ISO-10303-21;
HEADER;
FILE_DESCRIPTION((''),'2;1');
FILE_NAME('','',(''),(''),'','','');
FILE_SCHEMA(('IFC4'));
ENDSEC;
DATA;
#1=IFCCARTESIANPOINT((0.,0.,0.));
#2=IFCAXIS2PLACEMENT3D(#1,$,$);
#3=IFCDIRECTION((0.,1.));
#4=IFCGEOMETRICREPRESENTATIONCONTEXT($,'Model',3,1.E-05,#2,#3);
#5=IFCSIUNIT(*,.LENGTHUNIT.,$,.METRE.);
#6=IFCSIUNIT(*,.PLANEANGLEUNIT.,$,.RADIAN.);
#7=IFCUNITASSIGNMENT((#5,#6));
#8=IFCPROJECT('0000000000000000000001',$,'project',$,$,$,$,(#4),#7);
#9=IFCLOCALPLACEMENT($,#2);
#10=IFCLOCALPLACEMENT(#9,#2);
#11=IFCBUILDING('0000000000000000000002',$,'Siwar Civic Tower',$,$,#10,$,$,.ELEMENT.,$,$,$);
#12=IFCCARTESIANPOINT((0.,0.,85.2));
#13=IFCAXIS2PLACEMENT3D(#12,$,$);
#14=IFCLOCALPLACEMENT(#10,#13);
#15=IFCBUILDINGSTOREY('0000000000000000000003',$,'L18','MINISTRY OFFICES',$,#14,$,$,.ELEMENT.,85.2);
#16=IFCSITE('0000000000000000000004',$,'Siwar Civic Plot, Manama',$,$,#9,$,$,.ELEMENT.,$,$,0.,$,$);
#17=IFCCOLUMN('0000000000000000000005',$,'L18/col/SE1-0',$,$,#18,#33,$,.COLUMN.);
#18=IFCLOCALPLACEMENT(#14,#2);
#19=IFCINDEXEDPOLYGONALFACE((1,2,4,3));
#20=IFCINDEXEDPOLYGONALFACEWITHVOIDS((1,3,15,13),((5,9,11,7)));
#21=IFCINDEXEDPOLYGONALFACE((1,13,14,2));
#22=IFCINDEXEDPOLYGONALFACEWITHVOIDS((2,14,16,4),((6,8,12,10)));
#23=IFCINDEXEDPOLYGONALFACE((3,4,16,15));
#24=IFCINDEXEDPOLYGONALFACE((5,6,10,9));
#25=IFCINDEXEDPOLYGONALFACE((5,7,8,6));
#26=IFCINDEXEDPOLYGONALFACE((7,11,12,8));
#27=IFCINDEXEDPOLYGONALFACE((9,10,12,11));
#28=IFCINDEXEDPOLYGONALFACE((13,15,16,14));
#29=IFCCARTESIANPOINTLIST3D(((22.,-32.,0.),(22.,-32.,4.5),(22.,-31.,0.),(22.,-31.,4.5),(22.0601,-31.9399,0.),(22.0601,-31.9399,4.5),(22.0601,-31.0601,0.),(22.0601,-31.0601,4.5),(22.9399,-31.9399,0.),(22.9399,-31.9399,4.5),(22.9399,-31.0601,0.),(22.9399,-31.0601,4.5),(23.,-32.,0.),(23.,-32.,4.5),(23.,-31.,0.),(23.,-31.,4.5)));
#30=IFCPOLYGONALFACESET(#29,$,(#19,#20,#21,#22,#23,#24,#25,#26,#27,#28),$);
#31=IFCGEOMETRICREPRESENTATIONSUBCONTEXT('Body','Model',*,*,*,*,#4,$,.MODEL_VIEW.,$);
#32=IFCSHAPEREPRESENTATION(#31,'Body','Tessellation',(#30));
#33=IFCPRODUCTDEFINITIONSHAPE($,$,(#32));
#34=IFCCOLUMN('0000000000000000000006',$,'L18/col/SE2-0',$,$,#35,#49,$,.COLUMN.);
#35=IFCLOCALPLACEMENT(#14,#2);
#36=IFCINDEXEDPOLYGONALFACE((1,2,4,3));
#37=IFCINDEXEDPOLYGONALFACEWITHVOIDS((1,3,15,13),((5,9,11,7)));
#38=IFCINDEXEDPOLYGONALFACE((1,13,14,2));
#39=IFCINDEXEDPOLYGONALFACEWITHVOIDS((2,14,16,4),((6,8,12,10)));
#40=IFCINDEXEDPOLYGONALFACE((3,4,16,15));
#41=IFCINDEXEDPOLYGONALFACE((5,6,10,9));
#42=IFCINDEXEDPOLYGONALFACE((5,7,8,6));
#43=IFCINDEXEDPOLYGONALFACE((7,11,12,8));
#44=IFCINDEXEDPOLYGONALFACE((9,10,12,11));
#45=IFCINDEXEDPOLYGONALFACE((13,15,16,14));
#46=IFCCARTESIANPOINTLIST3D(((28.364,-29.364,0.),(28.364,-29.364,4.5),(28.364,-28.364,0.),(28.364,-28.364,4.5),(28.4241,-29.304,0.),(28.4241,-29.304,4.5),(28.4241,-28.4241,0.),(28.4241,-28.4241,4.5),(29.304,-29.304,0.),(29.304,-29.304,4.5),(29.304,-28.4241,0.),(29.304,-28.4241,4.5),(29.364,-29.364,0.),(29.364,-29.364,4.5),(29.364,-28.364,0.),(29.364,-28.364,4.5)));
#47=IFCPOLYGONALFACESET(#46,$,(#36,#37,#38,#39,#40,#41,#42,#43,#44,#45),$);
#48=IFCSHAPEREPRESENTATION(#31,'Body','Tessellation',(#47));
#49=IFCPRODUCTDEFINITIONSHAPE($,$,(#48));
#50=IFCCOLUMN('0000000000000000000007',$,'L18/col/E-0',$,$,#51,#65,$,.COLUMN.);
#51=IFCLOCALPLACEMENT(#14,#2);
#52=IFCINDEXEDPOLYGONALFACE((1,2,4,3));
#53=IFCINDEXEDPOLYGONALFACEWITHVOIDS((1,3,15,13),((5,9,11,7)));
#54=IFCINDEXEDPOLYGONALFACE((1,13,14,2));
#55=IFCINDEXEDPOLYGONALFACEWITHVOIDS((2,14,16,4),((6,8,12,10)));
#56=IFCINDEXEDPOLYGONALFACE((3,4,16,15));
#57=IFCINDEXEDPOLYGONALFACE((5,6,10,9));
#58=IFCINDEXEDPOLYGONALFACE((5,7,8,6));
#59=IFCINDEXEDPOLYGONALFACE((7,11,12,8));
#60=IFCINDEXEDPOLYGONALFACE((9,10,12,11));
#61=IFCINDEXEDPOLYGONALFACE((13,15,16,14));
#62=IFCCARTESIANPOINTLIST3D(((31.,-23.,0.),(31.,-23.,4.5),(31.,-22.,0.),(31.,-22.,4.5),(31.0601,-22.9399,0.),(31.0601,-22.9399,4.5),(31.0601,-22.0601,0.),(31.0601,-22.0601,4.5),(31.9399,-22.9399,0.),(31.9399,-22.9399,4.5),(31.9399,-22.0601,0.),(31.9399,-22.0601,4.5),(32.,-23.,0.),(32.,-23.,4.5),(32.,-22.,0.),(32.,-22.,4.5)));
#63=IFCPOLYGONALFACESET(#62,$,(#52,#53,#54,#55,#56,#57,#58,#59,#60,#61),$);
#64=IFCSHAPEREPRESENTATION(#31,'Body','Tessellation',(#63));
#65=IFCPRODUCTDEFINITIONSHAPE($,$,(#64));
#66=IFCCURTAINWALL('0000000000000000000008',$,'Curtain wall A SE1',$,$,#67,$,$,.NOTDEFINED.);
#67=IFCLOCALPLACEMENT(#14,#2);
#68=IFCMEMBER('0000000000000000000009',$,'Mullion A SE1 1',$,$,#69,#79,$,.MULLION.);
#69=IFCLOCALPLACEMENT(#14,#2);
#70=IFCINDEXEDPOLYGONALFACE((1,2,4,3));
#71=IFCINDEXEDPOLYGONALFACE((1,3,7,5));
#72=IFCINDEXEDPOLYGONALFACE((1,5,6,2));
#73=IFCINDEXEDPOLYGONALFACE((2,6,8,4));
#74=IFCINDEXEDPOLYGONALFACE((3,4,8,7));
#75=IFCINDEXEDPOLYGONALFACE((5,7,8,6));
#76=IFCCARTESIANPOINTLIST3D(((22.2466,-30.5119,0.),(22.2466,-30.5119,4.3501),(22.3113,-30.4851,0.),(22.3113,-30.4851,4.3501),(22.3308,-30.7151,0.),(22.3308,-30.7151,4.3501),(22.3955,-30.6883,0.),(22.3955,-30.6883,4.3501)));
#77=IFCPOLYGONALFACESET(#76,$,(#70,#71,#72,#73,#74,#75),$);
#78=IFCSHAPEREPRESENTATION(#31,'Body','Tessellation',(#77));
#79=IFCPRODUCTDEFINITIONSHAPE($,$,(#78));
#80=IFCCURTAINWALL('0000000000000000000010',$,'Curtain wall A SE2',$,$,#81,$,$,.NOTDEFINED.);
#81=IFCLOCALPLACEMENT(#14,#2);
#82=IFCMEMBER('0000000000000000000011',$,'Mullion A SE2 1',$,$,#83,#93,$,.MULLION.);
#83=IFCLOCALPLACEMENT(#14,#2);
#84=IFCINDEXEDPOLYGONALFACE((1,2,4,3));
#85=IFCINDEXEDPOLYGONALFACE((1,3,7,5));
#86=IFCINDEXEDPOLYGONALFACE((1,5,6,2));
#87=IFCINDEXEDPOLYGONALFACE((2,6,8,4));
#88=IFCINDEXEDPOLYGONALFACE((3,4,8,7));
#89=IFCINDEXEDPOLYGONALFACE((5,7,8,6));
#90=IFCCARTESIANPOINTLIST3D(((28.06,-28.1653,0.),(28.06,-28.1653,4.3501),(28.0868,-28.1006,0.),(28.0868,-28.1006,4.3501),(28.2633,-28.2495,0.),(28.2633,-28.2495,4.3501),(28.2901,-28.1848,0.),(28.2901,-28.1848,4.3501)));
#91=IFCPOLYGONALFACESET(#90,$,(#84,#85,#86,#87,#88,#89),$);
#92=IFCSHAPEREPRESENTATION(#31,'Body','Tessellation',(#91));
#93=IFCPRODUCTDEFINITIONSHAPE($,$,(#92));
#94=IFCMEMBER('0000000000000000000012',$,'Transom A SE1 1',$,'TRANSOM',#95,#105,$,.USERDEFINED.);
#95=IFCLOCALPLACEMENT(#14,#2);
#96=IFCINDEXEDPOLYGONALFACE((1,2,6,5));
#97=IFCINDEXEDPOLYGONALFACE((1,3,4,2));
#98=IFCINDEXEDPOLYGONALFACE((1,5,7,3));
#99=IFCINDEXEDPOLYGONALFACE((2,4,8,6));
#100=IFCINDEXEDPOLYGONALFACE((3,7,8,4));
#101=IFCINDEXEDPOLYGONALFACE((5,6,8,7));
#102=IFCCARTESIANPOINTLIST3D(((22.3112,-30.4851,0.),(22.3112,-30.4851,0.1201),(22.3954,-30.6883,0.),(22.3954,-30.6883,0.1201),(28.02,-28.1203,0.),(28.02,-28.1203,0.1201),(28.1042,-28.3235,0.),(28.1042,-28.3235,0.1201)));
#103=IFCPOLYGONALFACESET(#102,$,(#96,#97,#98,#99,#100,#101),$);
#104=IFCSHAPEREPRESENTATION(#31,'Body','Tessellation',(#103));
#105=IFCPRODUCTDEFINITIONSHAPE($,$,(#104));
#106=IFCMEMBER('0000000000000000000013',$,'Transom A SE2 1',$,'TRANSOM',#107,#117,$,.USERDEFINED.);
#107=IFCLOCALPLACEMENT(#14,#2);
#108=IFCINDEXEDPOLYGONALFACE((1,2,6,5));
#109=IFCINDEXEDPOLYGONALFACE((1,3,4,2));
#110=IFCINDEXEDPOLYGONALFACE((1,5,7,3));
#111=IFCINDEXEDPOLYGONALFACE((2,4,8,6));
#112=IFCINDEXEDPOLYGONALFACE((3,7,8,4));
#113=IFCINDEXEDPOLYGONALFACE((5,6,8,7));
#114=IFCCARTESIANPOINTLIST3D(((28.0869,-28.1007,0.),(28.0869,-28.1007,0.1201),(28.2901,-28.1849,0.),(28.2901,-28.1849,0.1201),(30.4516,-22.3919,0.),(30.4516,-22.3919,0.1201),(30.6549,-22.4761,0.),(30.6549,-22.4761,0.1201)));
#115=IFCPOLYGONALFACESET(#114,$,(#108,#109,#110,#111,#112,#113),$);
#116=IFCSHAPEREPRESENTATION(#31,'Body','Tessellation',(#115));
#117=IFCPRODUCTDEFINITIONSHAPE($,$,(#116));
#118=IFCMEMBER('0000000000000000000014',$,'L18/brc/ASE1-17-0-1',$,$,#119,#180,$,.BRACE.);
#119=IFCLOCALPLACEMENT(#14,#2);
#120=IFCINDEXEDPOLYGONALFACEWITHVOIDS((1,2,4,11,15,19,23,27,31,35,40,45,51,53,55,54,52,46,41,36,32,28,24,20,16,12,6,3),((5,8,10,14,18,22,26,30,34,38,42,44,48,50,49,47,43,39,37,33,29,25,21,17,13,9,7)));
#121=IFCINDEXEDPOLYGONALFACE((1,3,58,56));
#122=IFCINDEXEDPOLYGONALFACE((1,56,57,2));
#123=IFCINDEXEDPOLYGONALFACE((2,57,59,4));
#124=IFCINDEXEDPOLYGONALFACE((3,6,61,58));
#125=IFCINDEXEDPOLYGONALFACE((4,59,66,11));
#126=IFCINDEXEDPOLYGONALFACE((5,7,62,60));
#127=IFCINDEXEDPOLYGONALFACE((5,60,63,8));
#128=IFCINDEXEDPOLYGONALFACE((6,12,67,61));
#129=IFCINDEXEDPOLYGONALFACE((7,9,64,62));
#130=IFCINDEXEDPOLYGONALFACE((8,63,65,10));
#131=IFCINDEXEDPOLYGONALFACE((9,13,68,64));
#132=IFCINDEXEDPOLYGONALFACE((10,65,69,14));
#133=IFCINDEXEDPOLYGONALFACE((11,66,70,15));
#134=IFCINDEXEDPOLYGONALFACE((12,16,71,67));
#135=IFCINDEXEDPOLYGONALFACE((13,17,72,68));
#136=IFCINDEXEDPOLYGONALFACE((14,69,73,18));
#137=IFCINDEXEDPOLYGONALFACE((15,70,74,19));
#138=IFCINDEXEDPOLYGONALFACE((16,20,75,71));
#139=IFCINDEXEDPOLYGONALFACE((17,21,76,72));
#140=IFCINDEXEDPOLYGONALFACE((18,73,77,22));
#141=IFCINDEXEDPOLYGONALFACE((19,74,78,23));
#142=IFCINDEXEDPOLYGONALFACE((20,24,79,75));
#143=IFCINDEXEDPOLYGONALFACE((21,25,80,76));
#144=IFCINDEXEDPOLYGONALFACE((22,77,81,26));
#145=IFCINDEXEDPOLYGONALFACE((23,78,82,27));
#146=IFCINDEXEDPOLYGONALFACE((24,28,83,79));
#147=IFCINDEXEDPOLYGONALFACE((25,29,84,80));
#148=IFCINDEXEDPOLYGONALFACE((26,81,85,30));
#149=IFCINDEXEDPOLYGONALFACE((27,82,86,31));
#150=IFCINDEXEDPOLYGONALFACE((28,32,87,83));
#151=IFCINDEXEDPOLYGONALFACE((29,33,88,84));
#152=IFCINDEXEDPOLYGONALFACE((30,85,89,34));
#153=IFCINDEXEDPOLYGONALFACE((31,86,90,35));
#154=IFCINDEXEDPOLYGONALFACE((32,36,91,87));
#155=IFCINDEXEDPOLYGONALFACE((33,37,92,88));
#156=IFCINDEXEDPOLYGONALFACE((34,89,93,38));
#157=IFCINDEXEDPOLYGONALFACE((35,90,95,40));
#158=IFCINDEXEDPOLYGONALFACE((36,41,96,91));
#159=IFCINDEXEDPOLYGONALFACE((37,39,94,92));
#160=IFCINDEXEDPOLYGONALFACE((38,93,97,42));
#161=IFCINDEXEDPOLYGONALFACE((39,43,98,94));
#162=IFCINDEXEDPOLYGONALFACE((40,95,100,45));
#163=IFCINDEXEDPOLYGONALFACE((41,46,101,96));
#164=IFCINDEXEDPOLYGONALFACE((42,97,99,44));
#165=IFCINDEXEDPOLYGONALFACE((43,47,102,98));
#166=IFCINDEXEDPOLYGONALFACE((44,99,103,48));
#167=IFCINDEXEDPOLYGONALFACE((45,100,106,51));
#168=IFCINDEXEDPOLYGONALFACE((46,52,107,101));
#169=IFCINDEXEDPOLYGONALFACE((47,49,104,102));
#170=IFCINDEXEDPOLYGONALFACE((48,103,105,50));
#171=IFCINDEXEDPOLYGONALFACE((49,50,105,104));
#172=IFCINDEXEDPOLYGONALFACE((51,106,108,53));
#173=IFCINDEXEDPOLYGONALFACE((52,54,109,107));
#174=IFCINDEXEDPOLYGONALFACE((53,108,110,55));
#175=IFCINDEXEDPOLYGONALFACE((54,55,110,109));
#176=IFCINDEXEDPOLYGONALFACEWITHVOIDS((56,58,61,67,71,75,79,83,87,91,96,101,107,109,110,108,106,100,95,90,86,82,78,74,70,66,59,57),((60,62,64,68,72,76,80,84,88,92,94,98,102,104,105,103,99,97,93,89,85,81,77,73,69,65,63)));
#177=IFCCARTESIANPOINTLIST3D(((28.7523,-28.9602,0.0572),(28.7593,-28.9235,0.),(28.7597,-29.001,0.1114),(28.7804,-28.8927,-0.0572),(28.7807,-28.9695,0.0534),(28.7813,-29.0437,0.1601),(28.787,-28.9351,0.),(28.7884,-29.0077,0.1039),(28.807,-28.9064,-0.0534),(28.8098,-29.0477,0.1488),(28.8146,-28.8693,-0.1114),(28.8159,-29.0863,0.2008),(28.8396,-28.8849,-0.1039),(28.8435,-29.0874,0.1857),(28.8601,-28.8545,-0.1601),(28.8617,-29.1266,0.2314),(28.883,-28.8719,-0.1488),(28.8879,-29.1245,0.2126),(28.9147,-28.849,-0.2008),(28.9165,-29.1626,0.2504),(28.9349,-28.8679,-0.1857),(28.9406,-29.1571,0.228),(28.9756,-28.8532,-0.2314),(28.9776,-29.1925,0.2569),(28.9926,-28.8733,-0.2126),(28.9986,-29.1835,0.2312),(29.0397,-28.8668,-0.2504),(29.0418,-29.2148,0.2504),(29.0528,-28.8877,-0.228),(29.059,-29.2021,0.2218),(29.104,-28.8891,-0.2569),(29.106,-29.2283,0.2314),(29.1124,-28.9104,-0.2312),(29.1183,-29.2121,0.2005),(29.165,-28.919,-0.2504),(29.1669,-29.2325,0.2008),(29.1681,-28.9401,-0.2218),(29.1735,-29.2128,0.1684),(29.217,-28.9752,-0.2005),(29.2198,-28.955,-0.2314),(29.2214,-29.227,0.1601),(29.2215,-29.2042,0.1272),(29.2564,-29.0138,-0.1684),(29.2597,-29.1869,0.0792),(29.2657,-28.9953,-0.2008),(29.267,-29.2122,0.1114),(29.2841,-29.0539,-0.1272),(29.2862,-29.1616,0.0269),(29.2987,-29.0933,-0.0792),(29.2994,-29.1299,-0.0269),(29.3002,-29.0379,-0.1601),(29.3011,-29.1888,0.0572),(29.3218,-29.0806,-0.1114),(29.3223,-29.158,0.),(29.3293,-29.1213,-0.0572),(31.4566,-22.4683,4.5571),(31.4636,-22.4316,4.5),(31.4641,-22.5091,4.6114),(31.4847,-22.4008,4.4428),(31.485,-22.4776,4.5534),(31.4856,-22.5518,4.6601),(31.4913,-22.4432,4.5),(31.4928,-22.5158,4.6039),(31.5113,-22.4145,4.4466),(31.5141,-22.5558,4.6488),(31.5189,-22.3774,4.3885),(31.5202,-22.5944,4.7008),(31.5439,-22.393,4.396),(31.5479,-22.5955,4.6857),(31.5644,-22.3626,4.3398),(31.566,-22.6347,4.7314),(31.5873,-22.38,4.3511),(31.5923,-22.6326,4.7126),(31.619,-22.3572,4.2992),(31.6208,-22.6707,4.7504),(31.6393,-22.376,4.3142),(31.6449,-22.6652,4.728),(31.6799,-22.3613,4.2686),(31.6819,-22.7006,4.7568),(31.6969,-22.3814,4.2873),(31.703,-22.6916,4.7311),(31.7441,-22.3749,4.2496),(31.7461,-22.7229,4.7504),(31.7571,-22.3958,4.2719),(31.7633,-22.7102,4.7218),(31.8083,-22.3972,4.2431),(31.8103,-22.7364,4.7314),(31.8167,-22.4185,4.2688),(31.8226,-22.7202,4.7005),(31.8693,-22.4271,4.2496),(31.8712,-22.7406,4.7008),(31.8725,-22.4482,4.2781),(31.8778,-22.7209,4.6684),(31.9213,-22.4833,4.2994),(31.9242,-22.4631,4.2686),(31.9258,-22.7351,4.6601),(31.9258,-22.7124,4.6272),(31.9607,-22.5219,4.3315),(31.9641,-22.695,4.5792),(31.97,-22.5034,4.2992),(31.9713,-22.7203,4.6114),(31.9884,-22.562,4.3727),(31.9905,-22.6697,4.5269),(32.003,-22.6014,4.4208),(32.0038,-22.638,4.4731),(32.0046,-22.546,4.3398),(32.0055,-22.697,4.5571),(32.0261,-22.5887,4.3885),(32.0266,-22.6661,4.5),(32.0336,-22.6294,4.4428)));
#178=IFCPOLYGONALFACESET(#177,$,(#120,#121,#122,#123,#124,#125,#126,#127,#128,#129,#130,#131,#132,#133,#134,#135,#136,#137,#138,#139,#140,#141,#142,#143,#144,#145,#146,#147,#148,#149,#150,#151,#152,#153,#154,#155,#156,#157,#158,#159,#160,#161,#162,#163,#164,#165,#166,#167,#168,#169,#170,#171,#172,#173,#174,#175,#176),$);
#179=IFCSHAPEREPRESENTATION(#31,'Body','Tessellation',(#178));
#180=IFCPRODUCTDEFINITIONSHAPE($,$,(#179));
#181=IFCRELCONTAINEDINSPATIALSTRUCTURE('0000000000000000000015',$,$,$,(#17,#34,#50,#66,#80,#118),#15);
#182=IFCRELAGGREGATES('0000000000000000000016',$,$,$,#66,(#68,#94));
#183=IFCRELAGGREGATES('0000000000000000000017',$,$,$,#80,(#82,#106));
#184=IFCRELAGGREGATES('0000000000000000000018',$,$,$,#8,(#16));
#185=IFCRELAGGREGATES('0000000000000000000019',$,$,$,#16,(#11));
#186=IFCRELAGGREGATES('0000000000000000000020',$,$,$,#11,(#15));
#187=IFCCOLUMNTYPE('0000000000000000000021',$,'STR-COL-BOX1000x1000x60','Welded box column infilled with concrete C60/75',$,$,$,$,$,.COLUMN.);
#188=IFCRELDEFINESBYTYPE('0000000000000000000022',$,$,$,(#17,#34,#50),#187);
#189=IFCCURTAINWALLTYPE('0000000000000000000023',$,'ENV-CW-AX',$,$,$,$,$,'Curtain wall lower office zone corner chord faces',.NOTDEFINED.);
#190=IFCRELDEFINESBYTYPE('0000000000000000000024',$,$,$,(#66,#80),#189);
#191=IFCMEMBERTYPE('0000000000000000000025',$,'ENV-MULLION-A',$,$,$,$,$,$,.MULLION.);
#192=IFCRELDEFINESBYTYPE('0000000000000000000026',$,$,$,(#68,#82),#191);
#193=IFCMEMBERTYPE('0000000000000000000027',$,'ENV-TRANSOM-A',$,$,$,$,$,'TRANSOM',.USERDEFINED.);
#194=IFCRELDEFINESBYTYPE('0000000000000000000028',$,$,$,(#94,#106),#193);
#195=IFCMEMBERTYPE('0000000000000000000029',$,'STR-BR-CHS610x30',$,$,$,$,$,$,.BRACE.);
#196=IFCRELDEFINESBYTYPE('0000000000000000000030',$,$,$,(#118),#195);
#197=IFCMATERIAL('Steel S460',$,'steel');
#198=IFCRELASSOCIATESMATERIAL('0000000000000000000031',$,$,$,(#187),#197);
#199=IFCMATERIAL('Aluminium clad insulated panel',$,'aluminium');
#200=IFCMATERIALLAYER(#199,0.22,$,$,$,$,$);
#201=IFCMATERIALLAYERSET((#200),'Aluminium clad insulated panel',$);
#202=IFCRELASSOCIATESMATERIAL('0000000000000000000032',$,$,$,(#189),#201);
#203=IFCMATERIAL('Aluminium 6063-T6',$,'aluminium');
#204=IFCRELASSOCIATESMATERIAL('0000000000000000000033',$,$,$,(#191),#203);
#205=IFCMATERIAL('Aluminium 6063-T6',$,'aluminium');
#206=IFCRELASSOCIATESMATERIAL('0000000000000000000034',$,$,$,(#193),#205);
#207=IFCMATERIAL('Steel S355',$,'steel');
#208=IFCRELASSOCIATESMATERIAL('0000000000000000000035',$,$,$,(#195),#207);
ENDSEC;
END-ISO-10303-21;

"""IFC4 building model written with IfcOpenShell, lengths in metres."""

from ifc_helpers import new_model, si_unit, direction, frame, origin, origin_2d, place, context, subcontext, project, spatial, rectangle, hollow_rectangle, hollow_circle, extrude, material, layer, layer_set, material_profile, profile_set, type_object, element, aggregate, save


model = new_model("IFC4")

# Units and contexts
model_context = context("Model", 3, precision=1e-05, world=origin(), true_north=direction((0.0, 1.0)))
body_context = subcontext(model_context, "Body", "Model", "MODEL_VIEW")
ifc_project = project(units=[si_unit("LENGTHUNIT", "METRE"), si_unit("PLANEANGLEUNIT", "RADIAN")], contexts=[model_context])

# Site, building, storey
site_placement = place(None, origin())
site = spatial("IfcSite", under=ifc_project, at=site_placement, Name="Siwar Civic Plot, Manama", CompositionType="ELEMENT", RefElevation=0.0)
building_placement = place(site_placement, origin())
building = spatial("IfcBuilding", under=site, at=building_placement, Name="Siwar Civic Tower", CompositionType="ELEMENT")
storey_placement = place(building_placement, frame((0.0, 0.0, 85.2)))
storey = spatial("IfcBuildingStorey", under=building, at=storey_placement, Name="L18", Description="MINISTRY OFFICES", CompositionType="ELEMENT", Elevation=85.2)

# Columns
ifc_material_1 = material(Name="Steel S460", Category="steel")
ifc_material_profile_1 = material_profile(ifc_material_1, hollow_rectangle(XDim=1.0, YDim=1.0, WallThickness=0.0601, at=origin_2d()), Name="BOX1000x1000x60")
ifc_profile_set_1 = profile_set([ifc_material_profile_1], Name="Steel S460")
column_type = type_object("IfcColumnType", Name="STR-COL-BOX1000x1000x60", Description="Welded box column infilled with concrete C60/75", PredefinedType="COLUMN", material=ifc_profile_set_1)
for number, where, z_axis, x_axis, name in (
    (1, (22.5, -31.5, 0.0), (0.0, 0.0, 1.0), (1.0, 0.0, 0.0), "L18/col/SE1-0"),
    (2, (28.864, -28.864, 0.0), (0.0, 0.0, 1.0), (1.0, 0.0, 0.0), "L18/col/SE2-0"),
    (3, (31.5, -22.5, 0.0), (0.0, 0.0, 1.0), (1.0, 0.0, 0.0), "L18/col/E-0"),
):
    element("IfcColumn", number, at=place(storey_placement, frame(where, z_axis=z_axis, x_axis=x_axis)), inside=storey, type_object=column_type, Name=name, PredefinedType="COLUMN", context=body_context, shape_type="SweptSolid", body=[
        extrude(hollow_rectangle(XDim=1.0, YDim=1.0, WallThickness=0.0601, at=origin_2d()), origin(), (0.0, 0.0, 1.0), 4.5),
    ])

# Curtain walls, members
ifc_material_2 = material(Name="Aluminium clad insulated panel", Category="aluminium")
ifc_layer_1 = layer(ifc_material_2, 0.22)
ifc_layer_set_1 = layer_set([ifc_layer_1], Name="Aluminium clad insulated panel")
curtain_wall_type_1 = type_object("IfcCurtainWallType", Name="ENV-CW-AX", ElementType="Curtain wall lower office zone corner chord faces", PredefinedType="NOTDEFINED", material=ifc_layer_set_1)
curtain_wall_1_placement = place(storey_placement, origin())
curtain_wall_1 = element("IfcCurtainWall", 4, at=curtain_wall_1_placement, inside=storey, type_object=curtain_wall_type_1, Name="Curtain wall A SE1", PredefinedType="NOTDEFINED")
ifc_material_3 = material(Name="Aluminium 6063-T6", Category="aluminium")
ifc_material_profile_2 = material_profile(ifc_material_3, rectangle(XDim=0.22, YDim=0.0701, at=origin_2d()), Name="AL 220x70")
ifc_profile_set_2 = profile_set([ifc_material_profile_2], Name="Aluminium 6063-T6")
member_type_1 = type_object("IfcMemberType", Name="ENV-MULLION-A", PredefinedType="MULLION", material=ifc_profile_set_2)
member_1_placement = place(storey_placement, frame((22.321, -30.6001, 0.0), z_axis=(0.0, 0.0, 1.0), x_axis=(-0.382683, 0.92388, 0.0)))
member_1 = element("IfcMember", 5, at=member_1_placement, type_object=member_type_1, Name="Mullion A SE1 1", PredefinedType="MULLION", context=body_context, shape_type="SweptSolid", body=[
    extrude(rectangle(XDim=0.22, YDim=0.0701, at=origin_2d()), origin(), (0.0, 0.0, 1.0), 4.3501),
])
curtain_wall_2_placement = place(storey_placement, origin())
curtain_wall_2 = element("IfcCurtainWall", 6, at=curtain_wall_2_placement, inside=storey, type_object=curtain_wall_type_1, Name="Curtain wall A SE2", PredefinedType="NOTDEFINED")
member_2_placement = place(storey_placement, frame((28.175, -28.175, 0.0), z_axis=(0.0, 0.0, 1.0), x_axis=(-0.92388, 0.382683, 0.0)))
member_2 = element("IfcMember", 7, at=member_2_placement, type_object=member_type_1, Name="Mullion A SE2 1", PredefinedType="MULLION", context=body_context, shape_type="SweptSolid", body=[
    extrude(rectangle(XDim=0.22, YDim=0.0701, at=origin_2d()), origin(), (0.0, 0.0, 1.0), 4.3501),
])

# Members
ifc_material_4 = material(Name="Aluminium 6063-T6", Category="aluminium")
ifc_material_profile_3 = material_profile(ifc_material_4, rectangle(XDim=0.22, YDim=0.1201, at=origin_2d()), Name="AL 220x120")
ifc_profile_set_3 = profile_set([ifc_material_profile_3], Name="Aluminium 6063-T6")
member_type_2 = type_object("IfcMemberType", Name="ENV-TRANSOM-A", ElementType="TRANSOM", PredefinedType="USERDEFINED", material=ifc_profile_set_3)
member_3_placement = place(storey_placement, frame((22.3533, -30.5867, 0.0601), z_axis=(0.923873, 0.382698, 0.0), x_axis=(-0.382698, 0.923873, 0.0)))
member_3 = element("IfcMember", 8, at=member_3_placement, type_object=member_type_2, Name="Transom A SE1 1", ObjectType="TRANSOM", PredefinedType="USERDEFINED", context=body_context, shape_type="SweptSolid", body=[
    extrude(rectangle(XDim=0.22, YDim=0.1201, at=origin_2d()), origin(), (0.0, 0.0, 1.0), 6.1792),
])
member_4_placement = place(storey_placement, frame((28.1885, -28.1428, 0.0601), z_axis=(0.382698, 0.923873, 0.0), x_axis=(-0.923873, 0.382698, 0.0)))
member_4 = element("IfcMember", 9, at=member_4_placement, type_object=member_type_2, Name="Transom A SE2 1", ObjectType="TRANSOM", PredefinedType="USERDEFINED", context=body_context, shape_type="SweptSolid", body=[
    extrude(rectangle(XDim=0.22, YDim=0.1201, at=origin_2d()), origin(), (0.0, 0.0, 1.0), 6.1792),
])

# Member
ifc_material_5 = material(Name="Steel S355", Category="steel")
ifc_material_profile_4 = material_profile(ifc_material_5, hollow_circle(Radius=0.3049, WallThickness=0.03, at=origin_2d()), Name="CHS610x30")
ifc_profile_set_4 = profile_set([ifc_material_profile_4], Name="Steel S355")
member_type_3 = type_object("IfcMemberType", Name="STR-BR-CHS610x30", PredefinedType="BRACE", material=ifc_profile_set_4)
member_5_placement = place(storey_placement, frame((29.0408, -29.0408, 0.0), z_axis=(0.323906, 0.777555, 0.538975), x_axis=(-0.923109, 0.384539, 0.0)))
element("IfcMember", 10, at=member_5_placement, inside=storey, type_object=member_type_3, Name="L18/brc/ASE1-17-0-1", PredefinedType="BRACE", context=body_context, shape_type="SweptSolid", body=[
    extrude(hollow_circle(Radius=0.3049, WallThickness=0.03, at=origin_2d()), origin(), (0.0, 0.0, 1.0), 8.3491),
])

aggregate(curtain_wall_1, [member_1, member_3])
aggregate(curtain_wall_2, [member_2, member_4])

save(model, "model.ifc")
